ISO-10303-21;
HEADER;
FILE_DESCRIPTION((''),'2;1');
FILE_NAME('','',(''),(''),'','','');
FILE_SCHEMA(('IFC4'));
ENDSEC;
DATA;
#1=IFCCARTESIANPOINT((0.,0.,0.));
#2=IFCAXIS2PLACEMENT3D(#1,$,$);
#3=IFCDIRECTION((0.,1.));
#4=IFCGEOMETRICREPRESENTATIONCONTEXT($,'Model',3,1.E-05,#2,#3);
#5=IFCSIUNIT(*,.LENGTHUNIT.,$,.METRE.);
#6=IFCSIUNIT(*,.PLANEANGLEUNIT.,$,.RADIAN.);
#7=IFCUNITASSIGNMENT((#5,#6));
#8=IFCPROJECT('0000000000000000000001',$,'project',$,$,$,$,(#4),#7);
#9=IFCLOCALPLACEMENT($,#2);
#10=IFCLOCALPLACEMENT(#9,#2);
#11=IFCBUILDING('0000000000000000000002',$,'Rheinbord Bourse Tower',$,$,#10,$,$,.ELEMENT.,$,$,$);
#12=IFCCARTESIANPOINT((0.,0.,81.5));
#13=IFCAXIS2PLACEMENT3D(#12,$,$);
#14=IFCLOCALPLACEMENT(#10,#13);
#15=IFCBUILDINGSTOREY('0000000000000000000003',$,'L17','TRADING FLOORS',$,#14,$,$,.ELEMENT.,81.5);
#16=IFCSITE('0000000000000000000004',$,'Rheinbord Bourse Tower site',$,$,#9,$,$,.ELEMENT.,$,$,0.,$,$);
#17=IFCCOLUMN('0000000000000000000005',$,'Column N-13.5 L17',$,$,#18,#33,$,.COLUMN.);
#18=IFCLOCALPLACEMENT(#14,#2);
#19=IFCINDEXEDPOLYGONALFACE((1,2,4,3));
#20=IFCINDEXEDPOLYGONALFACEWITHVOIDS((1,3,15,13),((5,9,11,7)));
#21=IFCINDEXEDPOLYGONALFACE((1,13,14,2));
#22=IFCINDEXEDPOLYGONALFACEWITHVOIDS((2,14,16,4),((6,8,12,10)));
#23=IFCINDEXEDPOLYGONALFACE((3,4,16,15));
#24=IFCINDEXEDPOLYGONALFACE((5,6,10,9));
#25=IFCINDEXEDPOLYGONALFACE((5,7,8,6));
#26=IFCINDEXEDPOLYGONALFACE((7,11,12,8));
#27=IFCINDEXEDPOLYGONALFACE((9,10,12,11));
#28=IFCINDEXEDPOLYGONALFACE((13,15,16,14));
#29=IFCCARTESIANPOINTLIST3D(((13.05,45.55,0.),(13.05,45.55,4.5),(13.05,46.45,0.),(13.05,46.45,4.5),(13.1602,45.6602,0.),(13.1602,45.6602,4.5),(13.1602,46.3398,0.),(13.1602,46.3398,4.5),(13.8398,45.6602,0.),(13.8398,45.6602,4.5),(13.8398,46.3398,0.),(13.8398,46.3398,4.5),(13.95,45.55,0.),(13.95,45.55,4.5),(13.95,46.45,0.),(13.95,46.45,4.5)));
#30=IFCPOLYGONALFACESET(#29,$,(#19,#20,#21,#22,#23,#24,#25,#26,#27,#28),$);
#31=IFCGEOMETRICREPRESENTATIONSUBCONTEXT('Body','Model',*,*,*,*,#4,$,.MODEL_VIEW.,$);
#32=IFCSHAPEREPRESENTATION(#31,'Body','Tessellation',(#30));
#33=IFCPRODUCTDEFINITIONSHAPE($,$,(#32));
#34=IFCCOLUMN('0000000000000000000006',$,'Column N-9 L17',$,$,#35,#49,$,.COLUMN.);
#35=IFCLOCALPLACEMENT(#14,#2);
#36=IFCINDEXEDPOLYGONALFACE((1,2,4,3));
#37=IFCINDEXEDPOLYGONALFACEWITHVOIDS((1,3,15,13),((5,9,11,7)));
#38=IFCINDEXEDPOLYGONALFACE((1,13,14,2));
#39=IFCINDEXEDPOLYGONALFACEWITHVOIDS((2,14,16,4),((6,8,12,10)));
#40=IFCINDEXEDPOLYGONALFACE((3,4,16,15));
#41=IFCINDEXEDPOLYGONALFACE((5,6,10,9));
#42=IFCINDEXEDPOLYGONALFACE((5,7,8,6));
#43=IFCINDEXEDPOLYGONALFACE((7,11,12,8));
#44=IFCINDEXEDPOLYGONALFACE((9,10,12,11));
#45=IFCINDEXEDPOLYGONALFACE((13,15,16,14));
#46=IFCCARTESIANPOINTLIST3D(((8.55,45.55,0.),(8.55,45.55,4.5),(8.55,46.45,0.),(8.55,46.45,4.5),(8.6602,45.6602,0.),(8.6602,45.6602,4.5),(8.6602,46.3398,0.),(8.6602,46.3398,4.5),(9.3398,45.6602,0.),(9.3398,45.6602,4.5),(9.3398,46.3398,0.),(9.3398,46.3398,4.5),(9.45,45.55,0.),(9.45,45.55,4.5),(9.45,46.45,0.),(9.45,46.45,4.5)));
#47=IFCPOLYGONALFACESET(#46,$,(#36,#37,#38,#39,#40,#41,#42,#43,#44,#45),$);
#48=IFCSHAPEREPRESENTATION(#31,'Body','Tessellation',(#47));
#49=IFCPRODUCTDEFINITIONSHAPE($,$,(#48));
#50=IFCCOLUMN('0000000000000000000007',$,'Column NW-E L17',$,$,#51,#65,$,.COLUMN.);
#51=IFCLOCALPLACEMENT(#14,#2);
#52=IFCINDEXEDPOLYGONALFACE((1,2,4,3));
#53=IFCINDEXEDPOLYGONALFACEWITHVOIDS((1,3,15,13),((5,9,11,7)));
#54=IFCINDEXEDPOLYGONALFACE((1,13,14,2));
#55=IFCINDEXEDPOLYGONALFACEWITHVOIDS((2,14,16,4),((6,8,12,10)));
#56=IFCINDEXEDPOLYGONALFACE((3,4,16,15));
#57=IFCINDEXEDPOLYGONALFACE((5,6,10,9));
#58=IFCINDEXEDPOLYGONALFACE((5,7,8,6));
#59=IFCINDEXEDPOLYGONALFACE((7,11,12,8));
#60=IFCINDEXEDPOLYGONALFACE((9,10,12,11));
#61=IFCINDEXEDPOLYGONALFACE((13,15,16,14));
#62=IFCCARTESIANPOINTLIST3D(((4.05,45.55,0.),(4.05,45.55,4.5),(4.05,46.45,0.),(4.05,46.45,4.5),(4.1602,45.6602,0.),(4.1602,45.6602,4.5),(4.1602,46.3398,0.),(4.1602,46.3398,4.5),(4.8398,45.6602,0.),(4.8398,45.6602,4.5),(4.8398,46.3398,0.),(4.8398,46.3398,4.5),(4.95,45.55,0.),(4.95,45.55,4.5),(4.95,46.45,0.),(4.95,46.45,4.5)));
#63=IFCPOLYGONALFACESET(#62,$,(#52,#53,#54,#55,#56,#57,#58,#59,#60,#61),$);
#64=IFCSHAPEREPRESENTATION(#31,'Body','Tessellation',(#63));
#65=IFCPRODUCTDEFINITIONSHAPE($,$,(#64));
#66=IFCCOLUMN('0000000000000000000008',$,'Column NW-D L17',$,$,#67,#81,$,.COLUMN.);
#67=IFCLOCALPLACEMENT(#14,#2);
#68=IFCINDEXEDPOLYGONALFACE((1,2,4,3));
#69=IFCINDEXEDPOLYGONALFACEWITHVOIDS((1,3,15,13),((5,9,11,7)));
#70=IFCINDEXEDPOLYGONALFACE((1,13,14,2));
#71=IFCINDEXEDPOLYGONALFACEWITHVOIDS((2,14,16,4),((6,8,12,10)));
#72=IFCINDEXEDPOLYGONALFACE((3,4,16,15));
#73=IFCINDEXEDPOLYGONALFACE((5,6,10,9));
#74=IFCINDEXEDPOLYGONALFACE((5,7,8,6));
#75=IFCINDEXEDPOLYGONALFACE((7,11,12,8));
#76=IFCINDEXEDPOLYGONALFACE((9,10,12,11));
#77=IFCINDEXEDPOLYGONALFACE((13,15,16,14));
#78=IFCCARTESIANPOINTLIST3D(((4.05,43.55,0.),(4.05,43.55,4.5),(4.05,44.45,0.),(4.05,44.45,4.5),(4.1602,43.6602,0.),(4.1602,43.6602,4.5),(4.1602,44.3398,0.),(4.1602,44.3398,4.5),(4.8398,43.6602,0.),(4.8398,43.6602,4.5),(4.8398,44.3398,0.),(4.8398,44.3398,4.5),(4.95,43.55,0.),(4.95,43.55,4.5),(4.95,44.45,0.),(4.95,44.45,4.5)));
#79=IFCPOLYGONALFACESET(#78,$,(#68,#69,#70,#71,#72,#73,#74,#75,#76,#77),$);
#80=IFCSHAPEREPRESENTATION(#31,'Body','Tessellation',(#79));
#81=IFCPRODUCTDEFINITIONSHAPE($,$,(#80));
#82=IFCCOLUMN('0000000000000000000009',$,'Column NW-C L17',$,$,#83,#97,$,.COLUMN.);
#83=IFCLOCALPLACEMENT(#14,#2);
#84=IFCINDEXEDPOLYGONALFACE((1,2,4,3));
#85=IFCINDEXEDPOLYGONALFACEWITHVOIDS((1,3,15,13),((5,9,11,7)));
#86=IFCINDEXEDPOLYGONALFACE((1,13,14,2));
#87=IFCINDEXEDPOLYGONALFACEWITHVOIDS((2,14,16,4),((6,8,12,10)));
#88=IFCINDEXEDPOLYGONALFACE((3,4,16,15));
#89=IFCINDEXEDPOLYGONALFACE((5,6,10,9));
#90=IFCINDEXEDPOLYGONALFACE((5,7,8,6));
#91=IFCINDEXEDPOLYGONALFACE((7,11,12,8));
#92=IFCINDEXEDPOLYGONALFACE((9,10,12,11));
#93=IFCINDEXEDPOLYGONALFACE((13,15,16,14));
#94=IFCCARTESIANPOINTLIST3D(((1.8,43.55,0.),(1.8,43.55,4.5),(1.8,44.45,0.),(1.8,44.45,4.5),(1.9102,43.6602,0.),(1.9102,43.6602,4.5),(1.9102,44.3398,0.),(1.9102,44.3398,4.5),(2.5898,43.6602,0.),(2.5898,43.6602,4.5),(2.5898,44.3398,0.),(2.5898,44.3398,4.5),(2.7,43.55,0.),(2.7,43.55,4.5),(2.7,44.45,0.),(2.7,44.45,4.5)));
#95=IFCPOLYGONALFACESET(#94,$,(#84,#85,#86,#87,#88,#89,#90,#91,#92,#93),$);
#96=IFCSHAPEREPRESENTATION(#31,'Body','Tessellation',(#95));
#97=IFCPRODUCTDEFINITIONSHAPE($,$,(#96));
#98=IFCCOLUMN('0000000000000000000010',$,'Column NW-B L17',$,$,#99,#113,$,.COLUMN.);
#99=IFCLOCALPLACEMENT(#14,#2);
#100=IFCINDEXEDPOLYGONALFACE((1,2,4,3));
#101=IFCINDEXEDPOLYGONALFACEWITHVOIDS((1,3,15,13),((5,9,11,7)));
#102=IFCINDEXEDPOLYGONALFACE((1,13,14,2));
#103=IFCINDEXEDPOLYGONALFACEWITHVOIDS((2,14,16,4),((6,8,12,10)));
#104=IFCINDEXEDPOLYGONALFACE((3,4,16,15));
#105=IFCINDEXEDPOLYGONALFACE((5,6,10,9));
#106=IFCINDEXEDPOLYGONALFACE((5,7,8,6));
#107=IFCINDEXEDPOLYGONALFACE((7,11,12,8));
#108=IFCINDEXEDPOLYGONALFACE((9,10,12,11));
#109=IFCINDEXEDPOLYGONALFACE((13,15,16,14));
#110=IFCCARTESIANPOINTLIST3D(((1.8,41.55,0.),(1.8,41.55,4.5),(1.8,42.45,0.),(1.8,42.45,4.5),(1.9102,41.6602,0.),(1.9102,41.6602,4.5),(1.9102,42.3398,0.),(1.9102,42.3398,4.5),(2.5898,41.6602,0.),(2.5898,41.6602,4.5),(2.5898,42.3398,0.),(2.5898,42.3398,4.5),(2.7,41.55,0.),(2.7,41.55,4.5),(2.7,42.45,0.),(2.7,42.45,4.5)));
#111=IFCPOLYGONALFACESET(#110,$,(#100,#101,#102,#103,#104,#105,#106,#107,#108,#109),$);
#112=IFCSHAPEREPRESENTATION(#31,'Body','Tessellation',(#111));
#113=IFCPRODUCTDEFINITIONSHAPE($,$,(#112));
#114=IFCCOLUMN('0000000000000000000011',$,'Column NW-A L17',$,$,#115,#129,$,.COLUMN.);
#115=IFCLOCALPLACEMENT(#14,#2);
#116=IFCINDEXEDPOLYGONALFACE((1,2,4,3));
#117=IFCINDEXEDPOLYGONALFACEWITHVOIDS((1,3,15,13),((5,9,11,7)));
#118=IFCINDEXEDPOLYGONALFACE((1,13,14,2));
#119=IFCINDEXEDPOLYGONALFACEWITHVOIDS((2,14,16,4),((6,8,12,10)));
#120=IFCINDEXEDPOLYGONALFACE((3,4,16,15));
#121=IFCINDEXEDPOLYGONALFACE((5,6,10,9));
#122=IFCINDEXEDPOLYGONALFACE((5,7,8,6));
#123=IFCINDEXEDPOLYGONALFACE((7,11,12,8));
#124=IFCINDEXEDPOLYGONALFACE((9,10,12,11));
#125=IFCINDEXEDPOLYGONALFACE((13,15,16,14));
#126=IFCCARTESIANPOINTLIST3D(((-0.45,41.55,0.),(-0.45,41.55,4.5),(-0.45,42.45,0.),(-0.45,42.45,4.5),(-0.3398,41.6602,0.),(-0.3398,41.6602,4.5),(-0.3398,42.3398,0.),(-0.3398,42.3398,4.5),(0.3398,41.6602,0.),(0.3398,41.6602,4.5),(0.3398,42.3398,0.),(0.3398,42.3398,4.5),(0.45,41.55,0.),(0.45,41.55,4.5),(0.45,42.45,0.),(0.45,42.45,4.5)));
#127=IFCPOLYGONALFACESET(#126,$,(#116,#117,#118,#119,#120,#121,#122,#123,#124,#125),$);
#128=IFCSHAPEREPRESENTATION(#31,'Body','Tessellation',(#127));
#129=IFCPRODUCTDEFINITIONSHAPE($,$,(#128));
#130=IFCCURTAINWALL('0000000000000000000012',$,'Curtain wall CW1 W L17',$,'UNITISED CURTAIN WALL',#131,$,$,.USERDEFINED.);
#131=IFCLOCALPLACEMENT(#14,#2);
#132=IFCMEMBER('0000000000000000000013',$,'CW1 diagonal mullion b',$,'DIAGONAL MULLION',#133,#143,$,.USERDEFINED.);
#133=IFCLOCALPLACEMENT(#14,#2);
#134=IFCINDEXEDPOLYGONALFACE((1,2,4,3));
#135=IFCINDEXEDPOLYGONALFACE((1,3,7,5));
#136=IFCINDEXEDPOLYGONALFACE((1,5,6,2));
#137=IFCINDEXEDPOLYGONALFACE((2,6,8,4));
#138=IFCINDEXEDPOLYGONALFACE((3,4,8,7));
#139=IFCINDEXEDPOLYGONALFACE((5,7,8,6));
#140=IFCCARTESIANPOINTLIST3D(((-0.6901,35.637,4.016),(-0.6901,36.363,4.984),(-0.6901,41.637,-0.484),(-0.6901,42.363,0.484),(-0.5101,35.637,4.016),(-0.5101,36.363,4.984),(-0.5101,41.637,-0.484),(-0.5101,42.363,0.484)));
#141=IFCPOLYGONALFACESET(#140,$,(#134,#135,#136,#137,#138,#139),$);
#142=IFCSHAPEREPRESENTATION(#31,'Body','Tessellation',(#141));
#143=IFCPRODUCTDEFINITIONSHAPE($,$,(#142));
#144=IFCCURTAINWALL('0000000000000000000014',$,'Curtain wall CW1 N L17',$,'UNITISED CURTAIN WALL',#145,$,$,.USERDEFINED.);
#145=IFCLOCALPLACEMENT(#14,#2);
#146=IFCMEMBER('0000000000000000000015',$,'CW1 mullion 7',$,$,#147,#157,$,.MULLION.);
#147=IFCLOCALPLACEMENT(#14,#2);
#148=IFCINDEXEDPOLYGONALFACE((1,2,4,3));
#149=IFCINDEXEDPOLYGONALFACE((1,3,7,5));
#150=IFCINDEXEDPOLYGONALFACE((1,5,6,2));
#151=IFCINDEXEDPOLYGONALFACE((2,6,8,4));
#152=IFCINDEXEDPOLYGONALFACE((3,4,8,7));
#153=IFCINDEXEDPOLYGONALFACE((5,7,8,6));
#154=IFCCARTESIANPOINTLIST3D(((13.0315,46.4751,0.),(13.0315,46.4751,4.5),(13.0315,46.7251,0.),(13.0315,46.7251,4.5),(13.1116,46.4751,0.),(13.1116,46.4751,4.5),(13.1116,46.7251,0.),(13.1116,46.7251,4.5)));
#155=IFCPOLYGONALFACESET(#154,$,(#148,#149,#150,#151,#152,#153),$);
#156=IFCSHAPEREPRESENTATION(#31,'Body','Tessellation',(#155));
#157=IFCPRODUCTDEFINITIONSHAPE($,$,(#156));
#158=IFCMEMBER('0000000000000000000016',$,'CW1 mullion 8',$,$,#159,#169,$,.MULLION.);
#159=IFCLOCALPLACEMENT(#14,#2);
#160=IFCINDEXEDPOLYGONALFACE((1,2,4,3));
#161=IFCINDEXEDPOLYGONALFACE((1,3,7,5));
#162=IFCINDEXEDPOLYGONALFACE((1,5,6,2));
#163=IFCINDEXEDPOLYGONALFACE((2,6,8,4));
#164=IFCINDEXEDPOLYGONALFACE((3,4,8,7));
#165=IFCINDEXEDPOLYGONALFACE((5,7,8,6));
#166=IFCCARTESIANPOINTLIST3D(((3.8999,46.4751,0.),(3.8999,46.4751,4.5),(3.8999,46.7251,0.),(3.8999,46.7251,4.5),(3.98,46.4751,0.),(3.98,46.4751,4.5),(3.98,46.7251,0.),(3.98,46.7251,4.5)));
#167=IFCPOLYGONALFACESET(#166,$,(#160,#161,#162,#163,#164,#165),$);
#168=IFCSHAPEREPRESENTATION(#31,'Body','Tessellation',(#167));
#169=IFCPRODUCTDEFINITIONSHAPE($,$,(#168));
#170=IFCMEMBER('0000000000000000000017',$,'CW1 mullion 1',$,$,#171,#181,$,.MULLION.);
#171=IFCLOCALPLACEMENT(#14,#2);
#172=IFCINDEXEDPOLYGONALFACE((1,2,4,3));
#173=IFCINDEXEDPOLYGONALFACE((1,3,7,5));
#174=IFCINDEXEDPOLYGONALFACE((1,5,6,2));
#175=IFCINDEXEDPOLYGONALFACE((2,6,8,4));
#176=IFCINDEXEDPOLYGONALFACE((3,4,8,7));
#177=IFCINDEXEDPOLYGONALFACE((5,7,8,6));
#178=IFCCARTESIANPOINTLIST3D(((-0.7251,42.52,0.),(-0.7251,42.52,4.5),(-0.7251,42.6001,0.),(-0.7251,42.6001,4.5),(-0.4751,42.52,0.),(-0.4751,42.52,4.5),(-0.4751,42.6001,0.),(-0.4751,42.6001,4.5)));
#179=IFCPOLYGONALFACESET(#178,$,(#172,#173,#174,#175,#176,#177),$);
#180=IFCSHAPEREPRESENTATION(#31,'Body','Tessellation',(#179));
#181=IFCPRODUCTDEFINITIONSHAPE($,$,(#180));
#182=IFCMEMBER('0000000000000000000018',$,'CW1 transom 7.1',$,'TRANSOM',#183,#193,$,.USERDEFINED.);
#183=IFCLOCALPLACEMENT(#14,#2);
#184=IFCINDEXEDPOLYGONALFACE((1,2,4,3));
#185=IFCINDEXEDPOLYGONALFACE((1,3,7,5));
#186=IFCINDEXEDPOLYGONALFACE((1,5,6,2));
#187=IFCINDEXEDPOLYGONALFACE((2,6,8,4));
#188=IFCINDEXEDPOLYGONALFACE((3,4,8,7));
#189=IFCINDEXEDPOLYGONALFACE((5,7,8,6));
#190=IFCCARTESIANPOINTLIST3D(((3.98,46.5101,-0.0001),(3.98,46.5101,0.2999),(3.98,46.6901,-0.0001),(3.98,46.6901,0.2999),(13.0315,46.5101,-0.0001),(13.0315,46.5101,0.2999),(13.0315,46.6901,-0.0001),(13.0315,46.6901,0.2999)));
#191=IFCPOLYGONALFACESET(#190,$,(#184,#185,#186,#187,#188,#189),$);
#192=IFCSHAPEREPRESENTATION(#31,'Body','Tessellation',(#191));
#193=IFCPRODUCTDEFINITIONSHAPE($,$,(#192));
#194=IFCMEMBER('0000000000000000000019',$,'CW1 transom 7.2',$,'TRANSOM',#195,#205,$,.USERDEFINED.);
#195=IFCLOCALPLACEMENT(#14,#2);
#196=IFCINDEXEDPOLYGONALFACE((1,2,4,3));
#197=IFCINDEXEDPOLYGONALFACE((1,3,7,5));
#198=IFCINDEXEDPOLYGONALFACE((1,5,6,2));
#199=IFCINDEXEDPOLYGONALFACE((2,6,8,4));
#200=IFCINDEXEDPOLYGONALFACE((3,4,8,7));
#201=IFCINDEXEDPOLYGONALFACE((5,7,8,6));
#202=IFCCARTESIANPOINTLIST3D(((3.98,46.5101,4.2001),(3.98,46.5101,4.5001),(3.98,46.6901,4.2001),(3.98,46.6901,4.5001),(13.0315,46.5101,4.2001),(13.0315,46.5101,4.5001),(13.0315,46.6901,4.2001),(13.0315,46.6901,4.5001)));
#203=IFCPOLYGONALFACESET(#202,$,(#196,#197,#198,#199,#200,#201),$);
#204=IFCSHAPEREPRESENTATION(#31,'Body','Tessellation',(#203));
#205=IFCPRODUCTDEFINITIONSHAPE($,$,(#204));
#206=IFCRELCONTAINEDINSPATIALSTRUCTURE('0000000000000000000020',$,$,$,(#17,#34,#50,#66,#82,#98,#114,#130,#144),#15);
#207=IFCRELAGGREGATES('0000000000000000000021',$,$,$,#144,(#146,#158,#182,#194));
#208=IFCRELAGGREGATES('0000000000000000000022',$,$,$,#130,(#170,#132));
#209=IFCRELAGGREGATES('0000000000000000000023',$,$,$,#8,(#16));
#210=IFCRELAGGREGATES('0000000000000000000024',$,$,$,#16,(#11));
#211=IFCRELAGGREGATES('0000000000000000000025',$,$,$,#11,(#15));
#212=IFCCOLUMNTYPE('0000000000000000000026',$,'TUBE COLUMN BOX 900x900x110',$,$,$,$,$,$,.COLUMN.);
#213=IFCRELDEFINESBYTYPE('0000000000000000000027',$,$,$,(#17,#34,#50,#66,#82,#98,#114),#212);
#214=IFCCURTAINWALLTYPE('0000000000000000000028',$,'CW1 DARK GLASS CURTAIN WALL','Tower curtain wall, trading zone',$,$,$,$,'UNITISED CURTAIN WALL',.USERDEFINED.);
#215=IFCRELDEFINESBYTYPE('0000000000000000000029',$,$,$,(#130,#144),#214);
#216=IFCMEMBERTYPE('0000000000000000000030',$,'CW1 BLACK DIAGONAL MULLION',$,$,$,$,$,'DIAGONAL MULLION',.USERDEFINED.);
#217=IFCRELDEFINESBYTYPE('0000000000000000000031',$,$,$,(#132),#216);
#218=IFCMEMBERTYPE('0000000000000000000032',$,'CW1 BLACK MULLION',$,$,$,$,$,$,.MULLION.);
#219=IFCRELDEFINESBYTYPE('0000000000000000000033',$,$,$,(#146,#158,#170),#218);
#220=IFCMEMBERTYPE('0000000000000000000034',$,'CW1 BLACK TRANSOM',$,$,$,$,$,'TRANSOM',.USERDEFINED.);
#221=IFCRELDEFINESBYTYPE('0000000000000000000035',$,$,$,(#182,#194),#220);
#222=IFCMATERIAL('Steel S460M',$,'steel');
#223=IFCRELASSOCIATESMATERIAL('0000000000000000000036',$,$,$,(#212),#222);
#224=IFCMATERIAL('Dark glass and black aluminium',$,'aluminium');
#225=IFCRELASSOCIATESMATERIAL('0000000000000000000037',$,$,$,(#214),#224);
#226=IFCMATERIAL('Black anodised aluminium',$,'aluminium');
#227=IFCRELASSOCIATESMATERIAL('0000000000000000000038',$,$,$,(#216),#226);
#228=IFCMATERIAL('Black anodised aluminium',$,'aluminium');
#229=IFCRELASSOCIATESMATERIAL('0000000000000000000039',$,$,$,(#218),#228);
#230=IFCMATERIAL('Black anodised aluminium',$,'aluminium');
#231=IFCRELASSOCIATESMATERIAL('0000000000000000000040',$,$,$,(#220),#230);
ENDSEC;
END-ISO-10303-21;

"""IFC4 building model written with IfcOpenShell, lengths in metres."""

from ifc_helpers import new_model, si_unit, direction, frame, origin, origin_2d, place, context, subcontext, project, spatial, rectangle, hollow_rectangle, extrude, material, material_profile, profile_set, type_object, element, aggregate, save


model = new_model("IFC4")

# Units and contexts
model_context = context("Model", 3, precision=1e-05, world=origin(), true_north=direction((0.0, 1.0)))
body_context = subcontext(model_context, "Body", "Model", "MODEL_VIEW")
ifc_project = project(units=[si_unit("LENGTHUNIT", "METRE"), si_unit("PLANEANGLEUNIT", "RADIAN")], contexts=[model_context])

# Site, building, storey
site_placement = place(None, origin())
site = spatial("IfcSite", under=ifc_project, at=site_placement, Name="Rheinbord Bourse Tower site", CompositionType="ELEMENT", RefElevation=0.0)
building_placement = place(site_placement, origin())
building = spatial("IfcBuilding", under=site, at=building_placement, Name="Rheinbord Bourse Tower", CompositionType="ELEMENT")
storey_placement = place(building_placement, frame((0.0, 0.0, 81.5)))
storey = spatial("IfcBuildingStorey", under=building, at=storey_placement, Name="L17", Description="TRADING FLOORS", CompositionType="ELEMENT", Elevation=81.5)

# Columns
ifc_material_1 = material(Name="Steel S460M", Category="steel")
ifc_material_profile_1 = material_profile(ifc_material_1, hollow_rectangle(XDim=0.8999, YDim=0.8999, WallThickness=0.1101, at=origin_2d()), Name="BOX 900x900x110")
ifc_profile_set_1 = profile_set([ifc_material_profile_1], Name="Steel S460M")
column_type = type_object("IfcColumnType", Name="TUBE COLUMN BOX 900x900x110", PredefinedType="COLUMN", material=ifc_profile_set_1)
for number, where, z_axis, x_axis, name in (
    (1, (13.5, 46.0, 0.0), (0.0, 0.0, 1.0), (0.0, 1.0, 0.0), "Column N-13.5 L17"),
    (2, (9.0, 46.0, 0.0), (0.0, 0.0, 1.0), (0.0, 1.0, 0.0), "Column N-9 L17"),
    (3, (4.5, 46.0, 0.0), (0.0, 0.0, 1.0), (0.0, 1.0, 0.0), "Column NW-E L17"),
    (4, (4.5, 44.0, 0.0), (0.0, 0.0, 1.0), (0.0, 1.0, 0.0), "Column NW-D L17"),
    (5, (2.25, 44.0, 0.0), (0.0, 0.0, 1.0), (1.0, 0.0, 0.0), "Column NW-C L17"),
    (6, (2.25, 42.0, 0.0), (0.0, 0.0, 1.0), (1.0, 0.0, 0.0), "Column NW-B L17"),
    (7, (0.0, 42.0, 0.0), (0.0, 0.0, 1.0), (1.0, 0.0, 0.0), "Column NW-A L17"),
):
    element("IfcColumn", number, at=place(storey_placement, frame(where, z_axis=z_axis, x_axis=x_axis)), inside=storey, type_object=column_type, Name=name, PredefinedType="COLUMN", context=body_context, shape_type="SweptSolid", body=[
        extrude(hollow_rectangle(XDim=0.8999, YDim=0.8999, WallThickness=0.1101, at=origin_2d()), origin(), (0.0, 0.0, 1.0), 4.5),
    ])

# Curtain wall, member
ifc_material_2 = material(Name="Dark glass and black aluminium", Category="aluminium")
curtain_wall_type = type_object("IfcCurtainWallType", Name="CW1 DARK GLASS CURTAIN WALL", Description="Tower curtain wall, trading zone", ElementType="UNITISED CURTAIN WALL", PredefinedType="USERDEFINED", material=ifc_material_2)
curtain_wall_1_placement = place(storey_placement, origin())
curtain_wall_1 = element("IfcCurtainWall", 8, at=curtain_wall_1_placement, inside=storey, type_object=curtain_wall_type, Name="Curtain wall CW1 W L17", ObjectType="UNITISED CURTAIN WALL", PredefinedType="USERDEFINED")
ifc_material_3 = material(Name="Black anodised aluminium", Category="aluminium")
ifc_material_profile_2 = material_profile(ifc_material_3, rectangle(XDim=0.1799, YDim=1.21, at=origin_2d()), Name="CW1 DIAGONAL MULLION 1210x180")
ifc_profile_set_2 = profile_set([ifc_material_profile_2], Name="Black anodised aluminium")
member_type_1 = type_object("IfcMemberType", Name="CW1 BLACK DIAGONAL MULLION", ElementType="DIAGONAL MULLION", PredefinedType="USERDEFINED", material=ifc_profile_set_2)
member_1_placement = place(storey_placement, frame((-0.6001, 42.0, 0.0), z_axis=(0.0, -0.8, 0.6), x_axis=(1.0, 0.0, 0.0)))
member_1 = element("IfcMember", 9, at=member_1_placement, type_object=member_type_1, Name="CW1 diagonal mullion b", ObjectType="DIAGONAL MULLION", PredefinedType="USERDEFINED", context=body_context, shape_type="SweptSolid", body=[
    extrude(rectangle(XDim=0.1799, YDim=1.21, at=origin_2d()), origin(), (0.0, 0.0, 1.0), 7.5),
])

# Curtain wall, members
curtain_wall_2_placement = place(storey_placement, origin())
curtain_wall_2 = element("IfcCurtainWall", 10, at=curtain_wall_2_placement, inside=storey, type_object=curtain_wall_type, Name="Curtain wall CW1 N L17", ObjectType="UNITISED CURTAIN WALL", PredefinedType="USERDEFINED")
ifc_material_4 = material(Name="Black anodised aluminium", Category="aluminium")
ifc_material_profile_3 = material_profile(ifc_material_4, rectangle(XDim=0.25, YDim=0.0801, at=origin_2d()), Name="CW1 MULLION 80x250")
ifc_profile_set_3 = profile_set([ifc_material_profile_3], Name="Black anodised aluminium")
member_type_2 = type_object("IfcMemberType", Name="CW1 BLACK MULLION", PredefinedType="MULLION", material=ifc_profile_set_3)
member_2_placement = place(storey_placement, frame((13.0715, 46.6001, 0.0), z_axis=(0.0, 0.0, 1.0), x_axis=(0.0, -1.0, 0.0)))
member_2 = element("IfcMember", 11, at=member_2_placement, type_object=member_type_2, Name="CW1 mullion 7", PredefinedType="MULLION", context=body_context, shape_type="SweptSolid", body=[
    extrude(rectangle(XDim=0.25, YDim=0.0801, at=origin_2d()), origin(), (0.0, 0.0, 1.0), 4.5),
])
member_3_placement = place(storey_placement, frame((3.9399, 46.6001, 0.0), z_axis=(0.0, 0.0, 1.0), x_axis=(0.0, -1.0, 0.0)))
member_3 = element("IfcMember", 12, at=member_3_placement, type_object=member_type_2, Name="CW1 mullion 8", PredefinedType="MULLION", context=body_context, shape_type="SweptSolid", body=[
    extrude(rectangle(XDim=0.25, YDim=0.0801, at=origin_2d()), origin(), (0.0, 0.0, 1.0), 4.5),
])

# Members
member_4_placement = place(storey_placement, frame((-0.6001, 42.5601, 0.0), z_axis=(0.0, 0.0, 1.0), x_axis=(1.0, 0.0, 0.0)))
member_4 = element("IfcMember", 13, at=member_4_placement, type_object=member_type_2, Name="CW1 mullion 1", PredefinedType="MULLION", context=body_context, shape_type="SweptSolid", body=[
    extrude(rectangle(XDim=0.25, YDim=0.0801, at=origin_2d()), origin(), (0.0, 0.0, 1.0), 4.5),
])
ifc_material_5 = material(Name="Black anodised aluminium", Category="aluminium")
ifc_material_profile_4 = material_profile(ifc_material_5, rectangle(XDim=0.1799, YDim=0.3, at=origin_2d()), Name="CW1 TRANSOM 300x180")
ifc_profile_set_4 = profile_set([ifc_material_profile_4], Name="Black anodised aluminium")
member_type_3 = type_object("IfcMemberType", Name="CW1 BLACK TRANSOM", ElementType="TRANSOM", PredefinedType="USERDEFINED", material=ifc_profile_set_4)
member_5_placement = place(storey_placement, frame((13.0315, 46.6001, 0.1499), z_axis=(-1.0, 0.0, 0.0), x_axis=(0.0, -1.0, 0.0)))
member_5 = element("IfcMember", 14, at=member_5_placement, type_object=member_type_3, Name="CW1 transom 7.1", ObjectType="TRANSOM", PredefinedType="USERDEFINED", context=body_context, shape_type="SweptSolid", body=[
    extrude(rectangle(XDim=0.1799, YDim=0.3, at=origin_2d()), origin(), (0.0, 0.0, 1.0), 9.0515),
])
member_6_placement = place(storey_placement, frame((13.0315, 46.6001, 4.3501), z_axis=(-1.0, 0.0, 0.0), x_axis=(0.0, -1.0, 0.0)))
member_6 = element("IfcMember", 15, at=member_6_placement, type_object=member_type_3, Name="CW1 transom 7.2", ObjectType="TRANSOM", PredefinedType="USERDEFINED", context=body_context, shape_type="SweptSolid", body=[
    extrude(rectangle(XDim=0.1799, YDim=0.3, at=origin_2d()), origin(), (0.0, 0.0, 1.0), 9.0515),
])

aggregate(curtain_wall_2, [member_2, member_3, member_5, member_6])
aggregate(curtain_wall_1, [member_4, member_1])

save(model, "model.ifc")
